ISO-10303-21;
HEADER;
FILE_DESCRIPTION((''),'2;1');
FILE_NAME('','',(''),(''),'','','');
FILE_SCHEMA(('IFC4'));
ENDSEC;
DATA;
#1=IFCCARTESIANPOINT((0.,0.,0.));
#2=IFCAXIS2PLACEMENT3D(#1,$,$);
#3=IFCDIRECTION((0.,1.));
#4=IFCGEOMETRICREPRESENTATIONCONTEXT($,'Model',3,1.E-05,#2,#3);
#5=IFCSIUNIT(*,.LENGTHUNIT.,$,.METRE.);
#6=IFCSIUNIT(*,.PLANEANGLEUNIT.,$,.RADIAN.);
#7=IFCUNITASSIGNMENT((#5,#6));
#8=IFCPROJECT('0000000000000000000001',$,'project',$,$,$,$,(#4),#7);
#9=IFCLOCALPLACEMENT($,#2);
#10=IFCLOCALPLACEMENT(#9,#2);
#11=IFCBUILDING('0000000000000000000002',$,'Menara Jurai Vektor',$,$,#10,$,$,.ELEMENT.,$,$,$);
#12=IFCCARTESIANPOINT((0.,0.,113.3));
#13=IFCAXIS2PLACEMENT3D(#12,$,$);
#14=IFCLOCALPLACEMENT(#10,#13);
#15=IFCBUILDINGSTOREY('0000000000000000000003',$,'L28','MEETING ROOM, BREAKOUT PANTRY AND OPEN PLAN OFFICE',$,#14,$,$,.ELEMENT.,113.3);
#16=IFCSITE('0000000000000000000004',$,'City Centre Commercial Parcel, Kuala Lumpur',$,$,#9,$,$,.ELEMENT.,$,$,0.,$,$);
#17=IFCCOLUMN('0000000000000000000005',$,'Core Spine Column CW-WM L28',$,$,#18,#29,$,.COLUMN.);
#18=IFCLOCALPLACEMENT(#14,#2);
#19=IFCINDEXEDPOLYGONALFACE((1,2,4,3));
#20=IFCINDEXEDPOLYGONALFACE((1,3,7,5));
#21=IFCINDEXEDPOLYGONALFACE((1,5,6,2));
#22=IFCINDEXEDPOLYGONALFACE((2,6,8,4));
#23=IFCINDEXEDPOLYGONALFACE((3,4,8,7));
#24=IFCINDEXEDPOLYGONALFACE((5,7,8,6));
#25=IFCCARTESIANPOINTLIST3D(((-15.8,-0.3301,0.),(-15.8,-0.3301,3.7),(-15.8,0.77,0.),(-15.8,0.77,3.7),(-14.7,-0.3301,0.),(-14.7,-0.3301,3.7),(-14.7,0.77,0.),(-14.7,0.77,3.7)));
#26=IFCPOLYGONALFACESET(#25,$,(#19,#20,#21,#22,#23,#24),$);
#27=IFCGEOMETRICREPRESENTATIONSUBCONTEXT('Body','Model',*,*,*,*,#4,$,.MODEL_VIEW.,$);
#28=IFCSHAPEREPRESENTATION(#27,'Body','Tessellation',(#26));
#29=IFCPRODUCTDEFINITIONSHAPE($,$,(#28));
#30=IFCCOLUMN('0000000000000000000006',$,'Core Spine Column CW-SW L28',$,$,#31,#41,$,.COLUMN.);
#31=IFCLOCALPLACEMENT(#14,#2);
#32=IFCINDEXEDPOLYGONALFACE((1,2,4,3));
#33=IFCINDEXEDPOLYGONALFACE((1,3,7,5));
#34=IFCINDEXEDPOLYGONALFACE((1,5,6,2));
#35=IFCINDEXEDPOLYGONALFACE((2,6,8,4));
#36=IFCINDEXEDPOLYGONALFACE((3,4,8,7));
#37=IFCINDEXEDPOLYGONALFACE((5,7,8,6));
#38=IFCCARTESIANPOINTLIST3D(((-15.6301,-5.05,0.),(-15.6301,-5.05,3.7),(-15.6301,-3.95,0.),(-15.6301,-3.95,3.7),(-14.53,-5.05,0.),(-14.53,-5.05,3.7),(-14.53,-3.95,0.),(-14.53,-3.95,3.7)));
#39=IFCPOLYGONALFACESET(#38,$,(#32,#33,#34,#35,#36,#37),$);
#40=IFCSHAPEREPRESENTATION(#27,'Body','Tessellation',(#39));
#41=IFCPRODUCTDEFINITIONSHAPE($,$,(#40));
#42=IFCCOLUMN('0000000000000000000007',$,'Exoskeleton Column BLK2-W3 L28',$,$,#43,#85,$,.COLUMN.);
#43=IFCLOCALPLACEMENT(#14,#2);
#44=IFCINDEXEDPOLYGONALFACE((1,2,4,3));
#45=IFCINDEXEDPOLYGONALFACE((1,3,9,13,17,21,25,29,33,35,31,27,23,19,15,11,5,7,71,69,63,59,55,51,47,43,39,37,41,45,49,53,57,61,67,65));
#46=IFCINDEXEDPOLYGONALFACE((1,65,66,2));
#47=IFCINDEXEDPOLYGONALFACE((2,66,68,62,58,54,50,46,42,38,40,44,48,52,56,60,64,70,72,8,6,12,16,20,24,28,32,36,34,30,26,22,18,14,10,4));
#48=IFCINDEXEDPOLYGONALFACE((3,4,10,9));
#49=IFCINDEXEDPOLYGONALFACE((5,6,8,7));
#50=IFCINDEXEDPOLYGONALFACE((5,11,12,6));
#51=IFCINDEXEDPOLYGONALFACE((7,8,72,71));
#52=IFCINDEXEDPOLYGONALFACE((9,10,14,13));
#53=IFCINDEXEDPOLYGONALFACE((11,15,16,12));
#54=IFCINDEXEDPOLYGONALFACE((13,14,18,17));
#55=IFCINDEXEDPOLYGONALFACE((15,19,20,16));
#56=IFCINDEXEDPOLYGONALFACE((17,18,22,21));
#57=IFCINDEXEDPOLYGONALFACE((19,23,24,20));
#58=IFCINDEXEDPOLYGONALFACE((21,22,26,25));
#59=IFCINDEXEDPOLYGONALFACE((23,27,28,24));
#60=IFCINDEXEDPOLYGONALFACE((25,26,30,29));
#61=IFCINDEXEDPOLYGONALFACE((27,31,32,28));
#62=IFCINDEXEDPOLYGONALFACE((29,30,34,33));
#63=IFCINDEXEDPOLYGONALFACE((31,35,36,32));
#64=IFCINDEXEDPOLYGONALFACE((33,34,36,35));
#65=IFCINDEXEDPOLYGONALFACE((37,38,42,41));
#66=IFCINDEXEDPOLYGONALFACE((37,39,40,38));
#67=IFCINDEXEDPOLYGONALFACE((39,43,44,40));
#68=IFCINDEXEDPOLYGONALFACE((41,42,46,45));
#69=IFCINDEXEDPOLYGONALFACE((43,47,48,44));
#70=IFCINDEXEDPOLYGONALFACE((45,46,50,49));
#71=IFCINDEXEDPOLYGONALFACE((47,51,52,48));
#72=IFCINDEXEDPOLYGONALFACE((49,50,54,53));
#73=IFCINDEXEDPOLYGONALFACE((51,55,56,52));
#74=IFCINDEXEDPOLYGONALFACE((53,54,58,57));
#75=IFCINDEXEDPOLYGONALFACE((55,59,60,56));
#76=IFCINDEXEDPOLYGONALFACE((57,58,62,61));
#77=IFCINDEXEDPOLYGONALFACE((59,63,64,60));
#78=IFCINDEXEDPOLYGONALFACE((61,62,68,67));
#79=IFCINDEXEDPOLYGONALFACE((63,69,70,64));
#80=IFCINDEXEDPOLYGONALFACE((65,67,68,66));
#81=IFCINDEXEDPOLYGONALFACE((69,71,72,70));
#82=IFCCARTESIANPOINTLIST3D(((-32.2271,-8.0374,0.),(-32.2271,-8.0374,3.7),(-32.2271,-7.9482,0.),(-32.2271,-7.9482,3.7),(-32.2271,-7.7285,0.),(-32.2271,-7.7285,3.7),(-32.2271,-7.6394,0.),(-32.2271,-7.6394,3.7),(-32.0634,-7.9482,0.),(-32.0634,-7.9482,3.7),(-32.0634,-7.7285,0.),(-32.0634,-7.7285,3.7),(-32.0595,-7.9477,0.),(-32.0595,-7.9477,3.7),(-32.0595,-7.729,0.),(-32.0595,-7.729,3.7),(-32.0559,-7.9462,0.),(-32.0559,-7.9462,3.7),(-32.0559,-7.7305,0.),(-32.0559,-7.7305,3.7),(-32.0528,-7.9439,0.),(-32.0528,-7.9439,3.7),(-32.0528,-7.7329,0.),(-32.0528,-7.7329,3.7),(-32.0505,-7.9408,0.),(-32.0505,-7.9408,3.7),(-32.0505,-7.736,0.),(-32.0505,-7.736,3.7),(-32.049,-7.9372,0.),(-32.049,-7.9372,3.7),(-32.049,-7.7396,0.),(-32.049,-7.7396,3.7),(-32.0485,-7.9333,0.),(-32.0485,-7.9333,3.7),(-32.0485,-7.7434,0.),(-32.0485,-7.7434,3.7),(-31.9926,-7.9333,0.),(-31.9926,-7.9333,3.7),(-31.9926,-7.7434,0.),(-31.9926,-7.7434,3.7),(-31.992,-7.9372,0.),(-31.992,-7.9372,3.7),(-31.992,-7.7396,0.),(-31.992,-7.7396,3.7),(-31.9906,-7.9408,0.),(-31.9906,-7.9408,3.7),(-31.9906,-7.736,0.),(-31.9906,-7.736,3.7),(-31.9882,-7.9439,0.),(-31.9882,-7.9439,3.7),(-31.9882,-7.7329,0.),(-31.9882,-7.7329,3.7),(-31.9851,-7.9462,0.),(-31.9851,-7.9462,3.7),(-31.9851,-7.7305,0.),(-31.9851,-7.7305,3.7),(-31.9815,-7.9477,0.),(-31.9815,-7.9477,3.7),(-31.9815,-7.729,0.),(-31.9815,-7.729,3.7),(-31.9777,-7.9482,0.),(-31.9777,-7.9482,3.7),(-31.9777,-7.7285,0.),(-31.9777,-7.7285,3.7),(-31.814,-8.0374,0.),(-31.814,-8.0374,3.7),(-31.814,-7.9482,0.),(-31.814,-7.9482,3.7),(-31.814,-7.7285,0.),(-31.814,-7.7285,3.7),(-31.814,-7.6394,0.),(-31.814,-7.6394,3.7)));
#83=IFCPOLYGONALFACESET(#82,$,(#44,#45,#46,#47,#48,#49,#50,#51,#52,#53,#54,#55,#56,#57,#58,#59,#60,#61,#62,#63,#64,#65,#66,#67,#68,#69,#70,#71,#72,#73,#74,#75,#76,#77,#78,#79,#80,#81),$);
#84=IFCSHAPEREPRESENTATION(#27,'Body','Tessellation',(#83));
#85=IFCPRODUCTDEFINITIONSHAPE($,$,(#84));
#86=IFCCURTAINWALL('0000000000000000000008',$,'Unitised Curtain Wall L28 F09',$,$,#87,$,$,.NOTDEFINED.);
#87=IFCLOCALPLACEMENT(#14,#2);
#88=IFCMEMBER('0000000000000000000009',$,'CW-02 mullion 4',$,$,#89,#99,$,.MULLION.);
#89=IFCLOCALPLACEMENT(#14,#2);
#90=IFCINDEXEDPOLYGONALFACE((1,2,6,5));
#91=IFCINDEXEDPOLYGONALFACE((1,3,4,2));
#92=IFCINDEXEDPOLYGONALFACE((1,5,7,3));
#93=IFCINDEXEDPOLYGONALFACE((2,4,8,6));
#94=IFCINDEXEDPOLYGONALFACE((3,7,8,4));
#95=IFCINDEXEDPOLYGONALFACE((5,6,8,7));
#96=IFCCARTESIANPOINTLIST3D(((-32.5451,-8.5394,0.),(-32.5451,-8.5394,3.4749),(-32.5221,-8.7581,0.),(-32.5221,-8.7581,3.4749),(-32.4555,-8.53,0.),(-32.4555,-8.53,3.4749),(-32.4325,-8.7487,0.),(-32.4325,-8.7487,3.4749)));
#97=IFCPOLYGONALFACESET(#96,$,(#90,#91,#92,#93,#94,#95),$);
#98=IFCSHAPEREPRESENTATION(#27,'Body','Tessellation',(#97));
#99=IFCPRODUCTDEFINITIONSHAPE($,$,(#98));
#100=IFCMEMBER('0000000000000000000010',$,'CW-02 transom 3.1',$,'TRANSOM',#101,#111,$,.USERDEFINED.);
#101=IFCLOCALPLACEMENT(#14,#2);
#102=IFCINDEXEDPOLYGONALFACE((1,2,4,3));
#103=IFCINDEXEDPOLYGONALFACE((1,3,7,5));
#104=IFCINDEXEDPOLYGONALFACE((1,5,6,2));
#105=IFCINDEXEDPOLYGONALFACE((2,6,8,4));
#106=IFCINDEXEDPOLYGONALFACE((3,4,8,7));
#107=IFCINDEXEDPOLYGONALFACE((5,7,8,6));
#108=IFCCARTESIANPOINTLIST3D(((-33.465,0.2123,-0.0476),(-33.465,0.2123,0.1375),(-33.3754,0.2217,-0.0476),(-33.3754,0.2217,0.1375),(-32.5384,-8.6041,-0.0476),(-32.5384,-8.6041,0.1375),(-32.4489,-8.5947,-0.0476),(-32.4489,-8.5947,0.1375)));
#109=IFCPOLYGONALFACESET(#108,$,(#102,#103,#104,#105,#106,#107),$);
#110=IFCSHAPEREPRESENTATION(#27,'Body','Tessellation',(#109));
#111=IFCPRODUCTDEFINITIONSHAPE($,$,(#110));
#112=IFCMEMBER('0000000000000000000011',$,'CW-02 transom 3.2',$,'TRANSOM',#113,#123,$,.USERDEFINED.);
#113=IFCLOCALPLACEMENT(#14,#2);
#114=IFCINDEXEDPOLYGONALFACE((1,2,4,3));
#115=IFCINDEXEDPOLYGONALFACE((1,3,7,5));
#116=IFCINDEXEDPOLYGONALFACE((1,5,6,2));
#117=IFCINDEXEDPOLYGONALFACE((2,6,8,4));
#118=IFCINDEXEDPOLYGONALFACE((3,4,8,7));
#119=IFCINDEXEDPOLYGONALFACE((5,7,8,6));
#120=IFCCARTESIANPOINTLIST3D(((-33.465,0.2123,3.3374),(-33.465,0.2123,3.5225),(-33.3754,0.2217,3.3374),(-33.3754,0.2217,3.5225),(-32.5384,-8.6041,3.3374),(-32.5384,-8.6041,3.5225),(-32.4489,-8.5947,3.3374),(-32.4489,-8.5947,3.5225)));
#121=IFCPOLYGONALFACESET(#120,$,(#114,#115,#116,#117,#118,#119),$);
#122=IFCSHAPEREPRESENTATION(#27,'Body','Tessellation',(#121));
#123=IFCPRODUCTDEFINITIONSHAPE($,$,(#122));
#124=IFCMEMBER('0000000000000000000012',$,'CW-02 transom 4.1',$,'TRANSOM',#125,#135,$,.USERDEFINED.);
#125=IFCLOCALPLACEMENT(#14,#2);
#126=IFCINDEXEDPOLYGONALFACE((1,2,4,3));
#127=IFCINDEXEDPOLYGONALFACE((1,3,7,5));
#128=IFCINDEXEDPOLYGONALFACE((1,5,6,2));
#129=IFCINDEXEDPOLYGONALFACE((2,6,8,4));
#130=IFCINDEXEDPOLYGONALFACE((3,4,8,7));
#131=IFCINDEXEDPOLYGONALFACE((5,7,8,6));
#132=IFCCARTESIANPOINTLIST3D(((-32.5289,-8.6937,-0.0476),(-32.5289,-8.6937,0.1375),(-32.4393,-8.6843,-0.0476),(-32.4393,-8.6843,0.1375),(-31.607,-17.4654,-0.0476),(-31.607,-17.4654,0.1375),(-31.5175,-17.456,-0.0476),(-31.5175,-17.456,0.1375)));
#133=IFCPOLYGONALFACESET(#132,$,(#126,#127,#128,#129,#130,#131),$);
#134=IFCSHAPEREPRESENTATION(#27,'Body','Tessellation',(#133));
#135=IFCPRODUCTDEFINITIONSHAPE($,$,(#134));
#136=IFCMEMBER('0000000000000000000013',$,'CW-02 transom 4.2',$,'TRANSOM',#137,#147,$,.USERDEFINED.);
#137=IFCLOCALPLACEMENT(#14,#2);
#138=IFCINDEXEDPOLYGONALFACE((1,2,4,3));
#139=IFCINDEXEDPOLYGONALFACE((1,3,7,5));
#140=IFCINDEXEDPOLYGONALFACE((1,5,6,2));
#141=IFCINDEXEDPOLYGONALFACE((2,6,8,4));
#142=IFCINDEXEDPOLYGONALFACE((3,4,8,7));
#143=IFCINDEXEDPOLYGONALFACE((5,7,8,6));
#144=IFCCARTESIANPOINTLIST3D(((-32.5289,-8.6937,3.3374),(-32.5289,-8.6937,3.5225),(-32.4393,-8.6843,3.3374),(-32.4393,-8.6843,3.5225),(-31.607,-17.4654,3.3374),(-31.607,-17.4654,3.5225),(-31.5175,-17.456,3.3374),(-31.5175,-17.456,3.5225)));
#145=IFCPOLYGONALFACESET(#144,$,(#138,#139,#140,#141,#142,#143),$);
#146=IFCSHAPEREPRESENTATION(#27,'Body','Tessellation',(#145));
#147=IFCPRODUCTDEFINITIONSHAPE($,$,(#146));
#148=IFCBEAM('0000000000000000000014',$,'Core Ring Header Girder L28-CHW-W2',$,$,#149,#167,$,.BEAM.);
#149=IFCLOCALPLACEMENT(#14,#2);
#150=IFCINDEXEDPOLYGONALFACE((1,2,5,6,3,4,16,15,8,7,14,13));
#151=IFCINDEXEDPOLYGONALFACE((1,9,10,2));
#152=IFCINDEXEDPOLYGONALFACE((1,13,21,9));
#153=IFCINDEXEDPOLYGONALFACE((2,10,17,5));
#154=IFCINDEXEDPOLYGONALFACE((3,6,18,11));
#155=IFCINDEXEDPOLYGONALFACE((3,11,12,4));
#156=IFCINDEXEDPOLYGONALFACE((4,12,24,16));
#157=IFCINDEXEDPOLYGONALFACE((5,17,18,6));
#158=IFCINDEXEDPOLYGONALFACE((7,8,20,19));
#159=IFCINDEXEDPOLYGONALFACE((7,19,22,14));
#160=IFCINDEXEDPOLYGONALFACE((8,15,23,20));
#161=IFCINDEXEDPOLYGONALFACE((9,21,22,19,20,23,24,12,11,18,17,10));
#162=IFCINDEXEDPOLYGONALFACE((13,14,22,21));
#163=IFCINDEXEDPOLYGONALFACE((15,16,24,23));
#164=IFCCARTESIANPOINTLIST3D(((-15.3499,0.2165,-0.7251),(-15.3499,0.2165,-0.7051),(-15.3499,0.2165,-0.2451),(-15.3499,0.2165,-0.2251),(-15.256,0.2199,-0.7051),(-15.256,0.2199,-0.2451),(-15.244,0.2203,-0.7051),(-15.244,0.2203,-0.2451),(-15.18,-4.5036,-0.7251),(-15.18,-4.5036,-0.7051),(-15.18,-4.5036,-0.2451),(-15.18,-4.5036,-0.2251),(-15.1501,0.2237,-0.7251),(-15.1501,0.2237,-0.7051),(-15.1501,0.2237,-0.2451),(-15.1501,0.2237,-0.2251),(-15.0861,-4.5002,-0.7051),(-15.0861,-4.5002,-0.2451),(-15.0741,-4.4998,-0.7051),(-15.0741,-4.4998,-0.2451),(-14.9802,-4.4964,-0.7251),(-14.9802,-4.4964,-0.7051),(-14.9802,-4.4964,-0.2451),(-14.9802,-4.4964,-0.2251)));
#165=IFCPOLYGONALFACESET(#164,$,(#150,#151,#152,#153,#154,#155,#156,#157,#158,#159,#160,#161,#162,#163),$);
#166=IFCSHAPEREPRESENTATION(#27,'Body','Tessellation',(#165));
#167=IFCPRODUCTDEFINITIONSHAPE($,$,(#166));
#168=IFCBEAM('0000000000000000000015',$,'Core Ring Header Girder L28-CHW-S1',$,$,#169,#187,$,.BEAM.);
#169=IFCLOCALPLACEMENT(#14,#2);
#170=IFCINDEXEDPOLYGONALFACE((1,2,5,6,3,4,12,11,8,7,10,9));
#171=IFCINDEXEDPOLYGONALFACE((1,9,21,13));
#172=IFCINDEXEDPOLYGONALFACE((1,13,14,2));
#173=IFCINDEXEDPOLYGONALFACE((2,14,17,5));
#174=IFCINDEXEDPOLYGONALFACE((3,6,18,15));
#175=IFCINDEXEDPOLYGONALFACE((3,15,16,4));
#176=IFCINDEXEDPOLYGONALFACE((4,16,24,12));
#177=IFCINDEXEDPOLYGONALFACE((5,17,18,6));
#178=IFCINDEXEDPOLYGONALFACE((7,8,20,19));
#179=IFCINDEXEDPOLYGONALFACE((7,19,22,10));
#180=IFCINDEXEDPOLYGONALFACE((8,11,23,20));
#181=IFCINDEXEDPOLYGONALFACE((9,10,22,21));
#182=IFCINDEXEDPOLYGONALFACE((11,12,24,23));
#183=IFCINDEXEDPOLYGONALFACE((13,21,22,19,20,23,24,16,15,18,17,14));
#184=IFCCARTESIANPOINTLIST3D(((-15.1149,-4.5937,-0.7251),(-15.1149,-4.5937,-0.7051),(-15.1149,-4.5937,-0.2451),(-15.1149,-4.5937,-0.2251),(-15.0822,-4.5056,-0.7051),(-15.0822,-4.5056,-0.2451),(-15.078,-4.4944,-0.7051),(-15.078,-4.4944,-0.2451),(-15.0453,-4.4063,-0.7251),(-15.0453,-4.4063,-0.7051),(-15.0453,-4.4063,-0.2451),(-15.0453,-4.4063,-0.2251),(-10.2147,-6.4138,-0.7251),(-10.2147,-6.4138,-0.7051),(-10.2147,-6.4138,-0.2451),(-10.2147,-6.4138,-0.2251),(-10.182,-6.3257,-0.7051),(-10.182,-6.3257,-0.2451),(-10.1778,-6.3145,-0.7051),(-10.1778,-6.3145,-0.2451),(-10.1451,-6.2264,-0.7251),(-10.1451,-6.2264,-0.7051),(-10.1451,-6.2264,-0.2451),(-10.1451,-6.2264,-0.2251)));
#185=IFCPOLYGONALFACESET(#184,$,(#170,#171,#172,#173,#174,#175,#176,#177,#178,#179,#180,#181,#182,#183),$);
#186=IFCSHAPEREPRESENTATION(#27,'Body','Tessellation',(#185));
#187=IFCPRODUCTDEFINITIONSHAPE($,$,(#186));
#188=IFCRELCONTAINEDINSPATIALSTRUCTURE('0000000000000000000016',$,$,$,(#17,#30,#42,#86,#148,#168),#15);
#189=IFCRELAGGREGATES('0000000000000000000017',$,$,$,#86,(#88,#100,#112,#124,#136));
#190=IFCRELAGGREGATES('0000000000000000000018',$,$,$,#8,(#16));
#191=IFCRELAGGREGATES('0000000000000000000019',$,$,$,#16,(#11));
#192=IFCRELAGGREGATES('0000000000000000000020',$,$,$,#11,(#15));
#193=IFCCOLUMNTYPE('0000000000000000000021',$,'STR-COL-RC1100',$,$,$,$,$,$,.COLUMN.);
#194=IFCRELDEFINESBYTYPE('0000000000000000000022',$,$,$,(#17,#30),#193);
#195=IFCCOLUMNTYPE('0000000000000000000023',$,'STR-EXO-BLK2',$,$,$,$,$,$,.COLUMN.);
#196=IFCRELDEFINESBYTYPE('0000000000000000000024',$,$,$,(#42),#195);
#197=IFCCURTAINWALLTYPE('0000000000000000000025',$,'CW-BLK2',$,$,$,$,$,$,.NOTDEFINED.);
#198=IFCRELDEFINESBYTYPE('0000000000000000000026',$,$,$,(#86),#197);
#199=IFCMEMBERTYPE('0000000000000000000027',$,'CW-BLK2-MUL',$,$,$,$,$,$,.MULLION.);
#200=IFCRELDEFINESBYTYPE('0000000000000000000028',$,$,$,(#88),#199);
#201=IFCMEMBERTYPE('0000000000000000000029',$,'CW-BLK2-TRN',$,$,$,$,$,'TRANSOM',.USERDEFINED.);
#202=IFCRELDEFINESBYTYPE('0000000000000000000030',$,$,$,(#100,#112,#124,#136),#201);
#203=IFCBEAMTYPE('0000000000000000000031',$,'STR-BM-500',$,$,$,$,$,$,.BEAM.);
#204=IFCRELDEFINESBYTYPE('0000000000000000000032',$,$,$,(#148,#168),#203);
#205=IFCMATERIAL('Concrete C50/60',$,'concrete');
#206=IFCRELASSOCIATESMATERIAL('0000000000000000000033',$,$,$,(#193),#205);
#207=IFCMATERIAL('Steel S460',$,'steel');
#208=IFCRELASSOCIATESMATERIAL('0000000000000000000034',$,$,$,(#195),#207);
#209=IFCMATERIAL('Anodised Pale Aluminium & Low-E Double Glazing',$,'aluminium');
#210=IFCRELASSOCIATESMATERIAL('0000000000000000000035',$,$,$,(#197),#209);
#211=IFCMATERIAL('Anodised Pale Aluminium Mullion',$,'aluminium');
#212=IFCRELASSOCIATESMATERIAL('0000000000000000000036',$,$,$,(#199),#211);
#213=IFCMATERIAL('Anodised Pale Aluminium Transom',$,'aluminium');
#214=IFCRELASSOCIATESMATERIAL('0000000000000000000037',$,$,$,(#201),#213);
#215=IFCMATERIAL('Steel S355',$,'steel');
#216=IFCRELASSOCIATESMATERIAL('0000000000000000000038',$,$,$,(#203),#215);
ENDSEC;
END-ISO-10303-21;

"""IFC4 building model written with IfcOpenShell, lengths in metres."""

from ifc_helpers import new_model, si_unit, direction, frame, origin, origin_2d, place, context, subcontext, project, spatial, rectangle, i_section, extrude, material, material_profile, profile_set, type_object, element, aggregate, save


model = new_model("IFC4")

# Units and contexts
model_context = context("Model", 3, precision=1e-05, world=origin(), true_north=direction((0.0, 1.0)))
body_context = subcontext(model_context, "Body", "Model", "MODEL_VIEW")
ifc_project = project(units=[si_unit("LENGTHUNIT", "METRE"), si_unit("PLANEANGLEUNIT", "RADIAN")], contexts=[model_context])

# Site, building, storey
site_placement = place(None, origin())
site = spatial("IfcSite", under=ifc_project, at=site_placement, Name="City Centre Commercial Parcel, Kuala Lumpur", CompositionType="ELEMENT", RefElevation=0.0)
building_placement = place(site_placement, origin())
building = spatial("IfcBuilding", under=site, at=building_placement, Name="Menara Jurai Vektor", CompositionType="ELEMENT")
storey_placement = place(building_placement, frame((0.0, 0.0, 113.3)))
storey = spatial("IfcBuildingStorey", under=building, at=storey_placement, Name="L28", Description="MEETING ROOM, BREAKOUT PANTRY AND OPEN PLAN OFFICE", CompositionType="ELEMENT", Elevation=113.3)

# Columns
ifc_material_1 = material(Name="Concrete C50/60", Category="concrete")
ifc_material_profile_1 = material_profile(ifc_material_1, rectangle(XDim=1.1001, YDim=1.1001, at=origin_2d()), Name="RC 1100x1100")
ifc_profile_set_1 = profile_set([ifc_material_profile_1], Name="Concrete C50/60")
column_type_1 = type_object("IfcColumnType", Name="STR-COL-RC1100", PredefinedType="COLUMN", material=ifc_profile_set_1)
for number, where, z_axis, x_axis, name in (
    (1, (-15.25, 0.22, 0.0), (0.0, 0.0, 1.0), (1.0, 0.0, 0.0), "Core Spine Column CW-WM L28"),
    (2, (-15.0801, -4.5, 0.0), (0.0, 0.0, 1.0), (1.0, 0.0, 0.0), "Core Spine Column CW-SW L28"),
):
    element("IfcColumn", number, at=place(storey_placement, frame(where, z_axis=z_axis, x_axis=x_axis)), inside=storey, type_object=column_type_1, Name=name, PredefinedType="COLUMN", context=body_context, shape_type="SweptSolid", body=[
        extrude(rectangle(XDim=1.1001, YDim=1.1001, at=origin_2d()), origin(), (0.0, 0.0, 1.0), 3.7),
    ])
ifc_material_2 = material(Name="Steel S460", Category="steel")
ifc_material_profile_2 = material_profile(ifc_material_2, i_section(OverallWidth=0.4131, OverallDepth=0.3979, WebThickness=0.0559, FlangeThickness=0.0891, FilletRadius=0.0149, at=origin_2d()), Name="HD 400x744")
ifc_profile_set_2 = profile_set([ifc_material_profile_2], Name="Steel S460")
column_type_2 = type_object("IfcColumnType", Name="STR-EXO-BLK2", PredefinedType="COLUMN", material=ifc_profile_set_2)
column_placement = place(storey_placement, frame((-32.0205, -7.8384, 0.0), z_axis=(0.0, 0.0, 1.0), x_axis=(1.0, 0.0, 0.0)))
element("IfcColumn", 3, at=column_placement, inside=storey, type_object=column_type_2, Name="Exoskeleton Column BLK2-W3 L28", PredefinedType="COLUMN", context=body_context, shape_type="SweptSolid", body=[
    extrude(i_section(OverallWidth=0.4131, OverallDepth=0.3979, WebThickness=0.0559, FlangeThickness=0.0891, FilletRadius=0.0149, at=origin_2d()), origin(), (0.0, 0.0, 1.0), 3.7),
])

# Curtain wall, members
ifc_material_3 = material(Name="Anodised Pale Aluminium & Low-E Double Glazing", Category="aluminium")
curtain_wall_type = type_object("IfcCurtainWallType", Name="CW-BLK2", PredefinedType="NOTDEFINED", material=ifc_material_3)
curtain_wall_placement = place(storey_placement, origin())
curtain_wall = element("IfcCurtainWall", 4, at=curtain_wall_placement, inside=storey, type_object=curtain_wall_type, Name="Unitised Curtain Wall L28 F09", PredefinedType="NOTDEFINED")
ifc_material_4 = material(Name="Anodised Pale Aluminium Mullion", Category="aluminium")
ifc_material_profile_3 = material_profile(ifc_material_4, rectangle(XDim=0.0901, YDim=0.22, at=origin_2d()), Name="ALU MUL 90x220")
ifc_profile_set_3 = profile_set([ifc_material_profile_3], Name="Anodised Pale Aluminium Mullion")
member_type_1 = type_object("IfcMemberType", Name="CW-BLK2-MUL", PredefinedType="MULLION", material=ifc_profile_set_3)
member_1_placement = place(storey_placement, frame((-32.4888, -8.644, 0.0), z_axis=(0.0, 0.0, 1.0), x_axis=(0.994522, 0.104531, 0.0)))
member_1 = element("IfcMember", 5, at=member_1_placement, type_object=member_type_1, Name="CW-02 mullion 4", PredefinedType="MULLION", context=body_context, shape_type="SweptSolid", body=[
    extrude(rectangle(XDim=0.0901, YDim=0.22, at=origin_2d()), origin(), (0.0, 0.0, 1.0), 3.4749),
])
ifc_material_5 = material(Name="Anodised Pale Aluminium Transom", Category="aluminium")
ifc_material_profile_4 = material_profile(ifc_material_5, rectangle(XDim=0.0901, YDim=0.1851, at=origin_2d()), Name="ALU TRN 90x185")
ifc_profile_set_4 = profile_set([ifc_material_profile_4], Name="Anodised Pale Aluminium Transom")
member_type_2 = type_object("IfcMemberType", Name="CW-BLK2-TRN", ElementType="TRANSOM", PredefinedType="USERDEFINED", material=ifc_profile_set_4)
member_2_placement = place(storey_placement, frame((-33.4202, 0.217, 0.0449), z_axis=(0.104514, -0.994523, 0.0), x_axis=(0.994523, 0.104514, 0.0)))
member_2 = element("IfcMember", 6, at=member_2_placement, type_object=member_type_2, Name="CW-02 transom 3.1", ObjectType="TRANSOM", PredefinedType="USERDEFINED", context=body_context, shape_type="SweptSolid", body=[
    extrude(rectangle(XDim=0.0901, YDim=0.1851, at=origin_2d()), origin(), (0.0, 0.0, 1.0), 8.865),
])
member_3_placement = place(storey_placement, frame((-33.4202, 0.217, 3.4299), z_axis=(0.104514, -0.994523, 0.0), x_axis=(0.994523, 0.104514, 0.0)))
member_3 = element("IfcMember", 7, at=member_3_placement, type_object=member_type_2, Name="CW-02 transom 3.2", ObjectType="TRANSOM", PredefinedType="USERDEFINED", context=body_context, shape_type="SweptSolid", body=[
    extrude(rectangle(XDim=0.0901, YDim=0.1851, at=origin_2d()), origin(), (0.0, 0.0, 1.0), 8.865),
])
member_4_placement = place(storey_placement, frame((-32.4841, -8.689, 0.0449), z_axis=(0.104521, -0.994523, 0.0), x_axis=(0.994523, 0.104521, 0.0)))
member_4 = element("IfcMember", 8, at=member_4_placement, type_object=member_type_2, Name="CW-02 transom 4.1", ObjectType="TRANSOM", PredefinedType="USERDEFINED", context=body_context, shape_type="SweptSolid", body=[
    extrude(rectangle(XDim=0.0901, YDim=0.1851, at=origin_2d()), origin(), (0.0, 0.0, 1.0), 8.8201),
])
member_5_placement = place(storey_placement, frame((-32.4841, -8.689, 3.4299), z_axis=(0.104521, -0.994523, 0.0), x_axis=(0.994523, 0.104521, 0.0)))
member_5 = element("IfcMember", 9, at=member_5_placement, type_object=member_type_2, Name="CW-02 transom 4.2", ObjectType="TRANSOM", PredefinedType="USERDEFINED", context=body_context, shape_type="SweptSolid", body=[
    extrude(rectangle(XDim=0.0901, YDim=0.1851, at=origin_2d()), origin(), (0.0, 0.0, 1.0), 8.8201),
])

# Beams
ifc_material_6 = material(Name="Steel S355", Category="steel")
ifc_material_profile_5 = material_profile(ifc_material_6, i_section(OverallWidth=0.2, OverallDepth=0.5, WebThickness=0.012, FlangeThickness=0.02, at=origin_2d()), Name="PG 500x200x96")
ifc_profile_set_5 = profile_set([ifc_material_profile_5], Name="Steel S355")
beam_type_1 = type_object("IfcBeamType", Name="STR-BM-500", PredefinedType="BEAM", material=ifc_profile_set_5)
beam_1_placement = place(storey_placement, frame((-15.0801, -4.5, -0.4751), z_axis=(-0.035977, 0.999353, 0.0), x_axis=(-0.999353, -0.035977, 0.0)))
element("IfcBeam", 10, at=beam_1_placement, inside=storey, type_object=beam_type_1, Name="Core Ring Header Girder L28-CHW-W2", PredefinedType="BEAM", context=body_context, shape_type="SweptSolid", body=[
    extrude(i_section(OverallWidth=0.2, OverallDepth=0.5, WebThickness=0.012, FlangeThickness=0.02, at=origin_2d()), origin(), (0.0, 0.0, 1.0), 4.7231),
])
beam_2_placement = place(storey_placement, frame((-15.0801, -4.5, -0.4751), z_axis=(0.937424, -0.348189, 0.0), x_axis=(0.348189, 0.937424, 0.0)))
element("IfcBeam", 11, at=beam_2_placement, inside=storey, type_object=beam_type_1, Name="Core Ring Header Girder L28-CHW-S1", PredefinedType="BEAM", context=body_context, shape_type="SweptSolid", body=[
    extrude(i_section(OverallWidth=0.2, OverallDepth=0.5, WebThickness=0.012, FlangeThickness=0.02, at=origin_2d()), origin(), (0.0, 0.0, 1.0), 5.2273),
])

aggregate(curtain_wall, [member_1, member_2, member_3, member_4, member_5])

save(model, "model.ifc")
